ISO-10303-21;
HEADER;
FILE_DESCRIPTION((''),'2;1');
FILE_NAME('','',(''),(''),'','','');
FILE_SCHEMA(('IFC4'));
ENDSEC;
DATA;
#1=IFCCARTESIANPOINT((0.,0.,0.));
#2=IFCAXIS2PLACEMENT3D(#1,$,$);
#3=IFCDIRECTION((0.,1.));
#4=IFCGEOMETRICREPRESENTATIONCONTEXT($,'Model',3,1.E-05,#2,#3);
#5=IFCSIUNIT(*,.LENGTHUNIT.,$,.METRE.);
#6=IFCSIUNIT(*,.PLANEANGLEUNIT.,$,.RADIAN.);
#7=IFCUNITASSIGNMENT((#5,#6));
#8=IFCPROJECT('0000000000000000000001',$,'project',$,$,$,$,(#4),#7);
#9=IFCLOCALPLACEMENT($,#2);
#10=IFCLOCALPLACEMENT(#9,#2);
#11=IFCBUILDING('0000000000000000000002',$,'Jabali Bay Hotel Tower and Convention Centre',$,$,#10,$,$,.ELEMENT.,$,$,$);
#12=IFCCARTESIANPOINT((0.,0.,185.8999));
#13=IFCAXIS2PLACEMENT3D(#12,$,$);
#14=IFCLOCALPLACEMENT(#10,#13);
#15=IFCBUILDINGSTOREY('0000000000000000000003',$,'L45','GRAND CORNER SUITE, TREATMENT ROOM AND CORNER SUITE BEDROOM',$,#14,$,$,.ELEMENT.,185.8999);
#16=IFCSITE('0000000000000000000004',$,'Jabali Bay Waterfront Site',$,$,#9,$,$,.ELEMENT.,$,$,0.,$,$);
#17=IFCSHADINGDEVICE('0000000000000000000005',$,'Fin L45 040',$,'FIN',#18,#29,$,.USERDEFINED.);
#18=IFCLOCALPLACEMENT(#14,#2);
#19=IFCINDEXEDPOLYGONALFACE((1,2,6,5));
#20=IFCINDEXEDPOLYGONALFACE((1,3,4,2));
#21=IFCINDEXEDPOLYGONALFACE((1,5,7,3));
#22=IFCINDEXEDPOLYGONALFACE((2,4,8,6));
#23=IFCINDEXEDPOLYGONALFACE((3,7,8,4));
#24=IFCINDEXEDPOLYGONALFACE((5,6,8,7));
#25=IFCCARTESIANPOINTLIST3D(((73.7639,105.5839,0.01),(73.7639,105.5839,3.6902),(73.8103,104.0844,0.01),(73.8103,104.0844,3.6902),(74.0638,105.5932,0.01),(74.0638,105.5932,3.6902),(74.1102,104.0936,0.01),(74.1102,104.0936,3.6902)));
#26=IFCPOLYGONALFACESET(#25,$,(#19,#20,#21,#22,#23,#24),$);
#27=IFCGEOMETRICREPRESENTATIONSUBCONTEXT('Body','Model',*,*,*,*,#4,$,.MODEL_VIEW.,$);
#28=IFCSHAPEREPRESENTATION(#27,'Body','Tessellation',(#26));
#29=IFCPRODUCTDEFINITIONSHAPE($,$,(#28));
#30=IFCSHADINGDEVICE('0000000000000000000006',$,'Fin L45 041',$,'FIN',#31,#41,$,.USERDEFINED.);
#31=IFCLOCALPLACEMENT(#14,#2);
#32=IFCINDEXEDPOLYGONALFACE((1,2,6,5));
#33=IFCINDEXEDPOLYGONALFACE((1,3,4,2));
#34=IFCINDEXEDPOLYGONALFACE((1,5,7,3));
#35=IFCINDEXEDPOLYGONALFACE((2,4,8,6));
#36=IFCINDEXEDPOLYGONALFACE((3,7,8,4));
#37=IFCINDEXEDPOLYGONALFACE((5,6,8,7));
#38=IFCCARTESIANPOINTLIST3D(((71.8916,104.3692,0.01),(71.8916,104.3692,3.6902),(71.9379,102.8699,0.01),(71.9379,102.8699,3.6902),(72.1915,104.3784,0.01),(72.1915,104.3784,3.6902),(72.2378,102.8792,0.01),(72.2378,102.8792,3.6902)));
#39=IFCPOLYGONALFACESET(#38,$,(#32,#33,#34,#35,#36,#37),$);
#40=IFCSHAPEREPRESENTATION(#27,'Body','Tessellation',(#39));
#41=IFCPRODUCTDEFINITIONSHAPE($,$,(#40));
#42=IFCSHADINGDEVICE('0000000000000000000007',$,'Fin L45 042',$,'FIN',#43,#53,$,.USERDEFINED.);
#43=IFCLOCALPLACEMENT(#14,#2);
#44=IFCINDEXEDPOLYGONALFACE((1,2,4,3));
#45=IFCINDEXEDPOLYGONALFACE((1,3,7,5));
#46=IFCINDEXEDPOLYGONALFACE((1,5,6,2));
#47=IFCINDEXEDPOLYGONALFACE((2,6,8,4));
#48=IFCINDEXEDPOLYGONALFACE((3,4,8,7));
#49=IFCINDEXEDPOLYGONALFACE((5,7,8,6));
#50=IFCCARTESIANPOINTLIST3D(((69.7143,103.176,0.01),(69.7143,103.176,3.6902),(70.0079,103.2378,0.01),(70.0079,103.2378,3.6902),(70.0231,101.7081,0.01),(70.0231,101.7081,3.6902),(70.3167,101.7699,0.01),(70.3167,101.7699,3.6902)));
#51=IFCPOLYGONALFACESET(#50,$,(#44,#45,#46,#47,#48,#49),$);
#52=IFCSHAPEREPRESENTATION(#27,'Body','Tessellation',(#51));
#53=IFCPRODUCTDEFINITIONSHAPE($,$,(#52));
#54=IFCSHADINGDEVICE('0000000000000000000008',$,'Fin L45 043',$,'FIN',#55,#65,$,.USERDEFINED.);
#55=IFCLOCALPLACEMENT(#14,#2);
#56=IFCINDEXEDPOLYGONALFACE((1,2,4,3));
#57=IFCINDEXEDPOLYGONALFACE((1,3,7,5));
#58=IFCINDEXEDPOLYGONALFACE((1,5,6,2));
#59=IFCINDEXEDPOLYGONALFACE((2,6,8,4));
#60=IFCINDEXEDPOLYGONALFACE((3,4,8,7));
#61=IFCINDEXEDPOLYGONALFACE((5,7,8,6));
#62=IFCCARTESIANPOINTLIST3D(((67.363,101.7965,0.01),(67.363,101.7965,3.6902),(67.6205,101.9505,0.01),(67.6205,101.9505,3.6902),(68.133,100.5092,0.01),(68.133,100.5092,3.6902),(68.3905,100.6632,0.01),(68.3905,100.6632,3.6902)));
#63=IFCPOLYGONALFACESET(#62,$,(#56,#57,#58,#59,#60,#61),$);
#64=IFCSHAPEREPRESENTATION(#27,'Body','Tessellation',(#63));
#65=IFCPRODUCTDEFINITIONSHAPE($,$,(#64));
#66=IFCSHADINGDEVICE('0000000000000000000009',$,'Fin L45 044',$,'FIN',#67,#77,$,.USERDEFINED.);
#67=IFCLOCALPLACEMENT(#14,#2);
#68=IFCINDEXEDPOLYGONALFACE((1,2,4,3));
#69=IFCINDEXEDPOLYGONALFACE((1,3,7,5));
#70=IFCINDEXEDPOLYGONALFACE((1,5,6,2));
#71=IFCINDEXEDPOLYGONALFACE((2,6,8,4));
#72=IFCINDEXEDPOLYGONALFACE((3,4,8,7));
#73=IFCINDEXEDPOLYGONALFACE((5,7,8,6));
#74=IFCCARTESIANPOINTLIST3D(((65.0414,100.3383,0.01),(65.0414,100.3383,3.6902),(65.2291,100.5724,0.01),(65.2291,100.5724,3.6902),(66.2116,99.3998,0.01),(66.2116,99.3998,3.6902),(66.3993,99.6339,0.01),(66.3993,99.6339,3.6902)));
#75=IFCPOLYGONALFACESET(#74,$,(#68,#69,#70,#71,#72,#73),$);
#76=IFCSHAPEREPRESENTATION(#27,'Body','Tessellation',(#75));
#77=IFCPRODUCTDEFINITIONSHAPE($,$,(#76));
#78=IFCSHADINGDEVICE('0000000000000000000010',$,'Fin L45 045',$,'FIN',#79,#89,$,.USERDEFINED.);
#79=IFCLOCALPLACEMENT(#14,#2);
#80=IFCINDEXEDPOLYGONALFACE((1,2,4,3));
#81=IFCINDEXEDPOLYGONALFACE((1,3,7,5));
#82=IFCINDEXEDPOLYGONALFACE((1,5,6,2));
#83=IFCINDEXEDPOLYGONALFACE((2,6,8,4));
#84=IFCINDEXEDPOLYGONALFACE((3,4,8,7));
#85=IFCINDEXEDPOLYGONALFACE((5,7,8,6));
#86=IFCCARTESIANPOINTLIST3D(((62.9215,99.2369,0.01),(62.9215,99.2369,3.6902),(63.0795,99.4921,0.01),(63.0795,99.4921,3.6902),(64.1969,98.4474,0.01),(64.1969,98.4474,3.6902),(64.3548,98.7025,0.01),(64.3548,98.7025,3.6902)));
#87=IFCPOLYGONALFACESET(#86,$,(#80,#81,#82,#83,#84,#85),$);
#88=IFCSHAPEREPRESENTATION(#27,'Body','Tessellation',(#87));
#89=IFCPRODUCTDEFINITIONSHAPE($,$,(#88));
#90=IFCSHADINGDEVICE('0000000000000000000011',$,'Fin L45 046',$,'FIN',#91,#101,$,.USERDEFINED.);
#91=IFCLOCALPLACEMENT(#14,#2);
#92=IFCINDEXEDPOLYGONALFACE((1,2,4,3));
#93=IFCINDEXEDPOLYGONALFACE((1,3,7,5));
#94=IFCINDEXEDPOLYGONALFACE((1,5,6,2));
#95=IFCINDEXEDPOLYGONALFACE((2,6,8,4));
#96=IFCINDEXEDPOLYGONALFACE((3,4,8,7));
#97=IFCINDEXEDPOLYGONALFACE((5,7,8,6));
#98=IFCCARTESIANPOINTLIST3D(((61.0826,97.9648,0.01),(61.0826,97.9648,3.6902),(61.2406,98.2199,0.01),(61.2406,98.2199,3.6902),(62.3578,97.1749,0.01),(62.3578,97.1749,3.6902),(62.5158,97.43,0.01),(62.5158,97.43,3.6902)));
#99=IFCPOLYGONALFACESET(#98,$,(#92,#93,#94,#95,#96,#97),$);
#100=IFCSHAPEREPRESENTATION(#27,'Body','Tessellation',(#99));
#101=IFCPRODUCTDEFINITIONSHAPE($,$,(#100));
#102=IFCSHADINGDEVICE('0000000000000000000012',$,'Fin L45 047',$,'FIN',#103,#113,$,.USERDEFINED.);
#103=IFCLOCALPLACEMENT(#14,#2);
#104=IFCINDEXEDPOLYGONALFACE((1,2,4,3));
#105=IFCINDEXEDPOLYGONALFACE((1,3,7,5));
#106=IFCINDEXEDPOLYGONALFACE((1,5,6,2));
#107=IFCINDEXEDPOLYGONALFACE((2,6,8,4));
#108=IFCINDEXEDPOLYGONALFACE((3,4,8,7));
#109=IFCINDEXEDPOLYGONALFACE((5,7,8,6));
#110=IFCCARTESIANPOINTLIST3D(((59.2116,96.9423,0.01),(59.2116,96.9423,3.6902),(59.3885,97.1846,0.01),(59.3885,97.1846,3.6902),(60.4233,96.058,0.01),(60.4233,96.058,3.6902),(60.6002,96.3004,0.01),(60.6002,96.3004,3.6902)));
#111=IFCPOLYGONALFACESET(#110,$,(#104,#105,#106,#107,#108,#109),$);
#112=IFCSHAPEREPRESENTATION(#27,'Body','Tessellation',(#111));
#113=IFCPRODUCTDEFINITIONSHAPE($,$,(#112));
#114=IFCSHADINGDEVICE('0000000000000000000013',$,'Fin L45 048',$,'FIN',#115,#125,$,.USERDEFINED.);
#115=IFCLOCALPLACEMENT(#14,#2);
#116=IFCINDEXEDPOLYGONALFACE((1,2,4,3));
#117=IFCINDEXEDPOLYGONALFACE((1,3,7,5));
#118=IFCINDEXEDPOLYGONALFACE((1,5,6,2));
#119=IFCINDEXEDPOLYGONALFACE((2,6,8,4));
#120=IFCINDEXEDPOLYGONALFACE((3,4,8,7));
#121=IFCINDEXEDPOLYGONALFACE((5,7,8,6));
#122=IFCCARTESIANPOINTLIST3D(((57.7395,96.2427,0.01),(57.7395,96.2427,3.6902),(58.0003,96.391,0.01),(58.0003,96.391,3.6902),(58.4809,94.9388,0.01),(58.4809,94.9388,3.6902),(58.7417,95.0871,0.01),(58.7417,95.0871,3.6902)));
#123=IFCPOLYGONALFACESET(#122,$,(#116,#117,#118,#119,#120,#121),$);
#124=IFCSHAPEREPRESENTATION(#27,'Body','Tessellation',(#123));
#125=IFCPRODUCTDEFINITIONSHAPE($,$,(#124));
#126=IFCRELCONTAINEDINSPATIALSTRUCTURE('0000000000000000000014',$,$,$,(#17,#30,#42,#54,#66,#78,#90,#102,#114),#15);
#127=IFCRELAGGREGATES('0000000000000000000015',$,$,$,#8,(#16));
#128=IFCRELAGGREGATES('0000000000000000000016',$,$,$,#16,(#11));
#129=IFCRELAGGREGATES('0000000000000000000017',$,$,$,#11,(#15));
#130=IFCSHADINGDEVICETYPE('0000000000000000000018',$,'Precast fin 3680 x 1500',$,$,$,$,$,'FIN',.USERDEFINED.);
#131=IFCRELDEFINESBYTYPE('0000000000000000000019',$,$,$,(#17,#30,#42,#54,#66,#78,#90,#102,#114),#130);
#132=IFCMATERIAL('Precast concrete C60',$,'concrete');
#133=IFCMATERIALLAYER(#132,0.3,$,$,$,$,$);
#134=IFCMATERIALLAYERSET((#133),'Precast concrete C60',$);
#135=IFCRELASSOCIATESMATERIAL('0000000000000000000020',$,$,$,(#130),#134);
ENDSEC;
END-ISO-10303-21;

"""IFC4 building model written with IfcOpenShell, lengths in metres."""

from ifc_helpers import new_model, si_unit, direction, frame, frame_2d, origin, place, context, subcontext, project, spatial, rectangle, extrude, material, layer, layer_set, type_object, element, save


model = new_model("IFC4")

# Units and contexts
model_context = context("Model", 3, precision=1e-05, world=origin(), true_north=direction((0.0, 1.0)))
body_context = subcontext(model_context, "Body", "Model", "MODEL_VIEW")
ifc_project = project(units=[si_unit("LENGTHUNIT", "METRE"), si_unit("PLANEANGLEUNIT", "RADIAN")], contexts=[model_context])

# Site, building, storey
site_placement = place(None, origin())
site = spatial("IfcSite", under=ifc_project, at=site_placement, Name="Jabali Bay Waterfront Site", CompositionType="ELEMENT", RefElevation=0.0)
building_placement = place(site_placement, origin())
building = spatial("IfcBuilding", under=site, at=building_placement, Name="Jabali Bay Hotel Tower and Convention Centre", CompositionType="ELEMENT")
storey_placement = place(building_placement, frame((0.0, 0.0, 185.8999)))
storey = spatial("IfcBuildingStorey", under=building, at=storey_placement, Name="L45", Description="GRAND CORNER SUITE, TREATMENT ROOM AND CORNER SUITE BEDROOM", CompositionType="ELEMENT", Elevation=185.8999)

# Shading devices
ifc_material_1 = material(Name="Precast concrete C60", Category="concrete")
ifc_layer_1 = layer(ifc_material_1, 0.3)
ifc_layer_set_1 = layer_set([ifc_layer_1], Name="Precast concrete C60")
shading_device_type = type_object("IfcShadingDeviceType", Name="Precast fin 3680 x 1500", ElementType="FIN", PredefinedType="USERDEFINED", material=ifc_layer_set_1)
shading_device_1_placement = place(storey_placement, frame((73.9602, 104.0891, 0.01), z_axis=(0.0, 0.0, 1.0), x_axis=(-0.03092, 0.999522, 0.0)))
element("IfcShadingDevice", 1, at=shading_device_1_placement, inside=storey, type_object=shading_device_type, Name="Fin L45 040", ObjectType="FIN", PredefinedType="USERDEFINED", context=body_context, shape_type="SweptSolid", body=[
    extrude(rectangle(XDim=1.5002, YDim=0.3, at=frame_2d((0.75, 0.0))), origin(), (0.0, 0.0, 1.0), 3.6802),
])
for number, where, z_axis, x_axis, name in (
    (2, (72.0879, 102.8745, 0.01), (0.0, 0.0, 1.0), (-0.030925, 0.999522, 0.0), "Fin L45 041"),
    (3, (70.1699, 101.739, 0.01), (0.0, 0.0, 1.0), (-0.205904, 0.978572, 0.0), "Fin L45 042"),
    (4, (68.2617, 100.5862, 0.01), (0.0, 0.0, 1.0), (-0.513322, 0.858196, 0.0), "Fin L45 043"),
    (5, (66.3054, 99.5168, 0.01), (0.0, 0.0, 1.0), (-0.780106, 0.625647, 0.0), "Fin L45 044"),
    (6, (64.2759, 98.575, 0.01), (0.0, 0.0, 1.0), (-0.850258, 0.526366, 0.0), "Fin L45 045"),
    (7, (62.4368, 97.3025, 0.01), (0.0, 0.0, 1.0), (-0.85014, 0.526556, 0.0), "Fin L45 046"),
    (8, (60.5117, 96.1792, 0.01), (0.0, 0.0, 1.0), (-0.807764, 0.589506, 0.0), "Fin L45 047"),
    (9, (58.6113, 95.0129, 0.01), (0.0, 0.0, 1.0), (-0.494297, 0.869293, 0.0), "Fin L45 048"),
):
    element("IfcShadingDevice", number, at=place(storey_placement, frame(where, z_axis=z_axis, x_axis=x_axis)), inside=storey, type_object=shading_device_type, Name=name, ObjectType="FIN", PredefinedType="USERDEFINED", context=body_context, shape_type="SweptSolid", body=[
        extrude(rectangle(XDim=1.5, YDim=0.3, at=frame_2d((0.75, 0.0))), origin(), (0.0, 0.0, 1.0), 3.6802),
    ])

save(model, "model.ifc")
